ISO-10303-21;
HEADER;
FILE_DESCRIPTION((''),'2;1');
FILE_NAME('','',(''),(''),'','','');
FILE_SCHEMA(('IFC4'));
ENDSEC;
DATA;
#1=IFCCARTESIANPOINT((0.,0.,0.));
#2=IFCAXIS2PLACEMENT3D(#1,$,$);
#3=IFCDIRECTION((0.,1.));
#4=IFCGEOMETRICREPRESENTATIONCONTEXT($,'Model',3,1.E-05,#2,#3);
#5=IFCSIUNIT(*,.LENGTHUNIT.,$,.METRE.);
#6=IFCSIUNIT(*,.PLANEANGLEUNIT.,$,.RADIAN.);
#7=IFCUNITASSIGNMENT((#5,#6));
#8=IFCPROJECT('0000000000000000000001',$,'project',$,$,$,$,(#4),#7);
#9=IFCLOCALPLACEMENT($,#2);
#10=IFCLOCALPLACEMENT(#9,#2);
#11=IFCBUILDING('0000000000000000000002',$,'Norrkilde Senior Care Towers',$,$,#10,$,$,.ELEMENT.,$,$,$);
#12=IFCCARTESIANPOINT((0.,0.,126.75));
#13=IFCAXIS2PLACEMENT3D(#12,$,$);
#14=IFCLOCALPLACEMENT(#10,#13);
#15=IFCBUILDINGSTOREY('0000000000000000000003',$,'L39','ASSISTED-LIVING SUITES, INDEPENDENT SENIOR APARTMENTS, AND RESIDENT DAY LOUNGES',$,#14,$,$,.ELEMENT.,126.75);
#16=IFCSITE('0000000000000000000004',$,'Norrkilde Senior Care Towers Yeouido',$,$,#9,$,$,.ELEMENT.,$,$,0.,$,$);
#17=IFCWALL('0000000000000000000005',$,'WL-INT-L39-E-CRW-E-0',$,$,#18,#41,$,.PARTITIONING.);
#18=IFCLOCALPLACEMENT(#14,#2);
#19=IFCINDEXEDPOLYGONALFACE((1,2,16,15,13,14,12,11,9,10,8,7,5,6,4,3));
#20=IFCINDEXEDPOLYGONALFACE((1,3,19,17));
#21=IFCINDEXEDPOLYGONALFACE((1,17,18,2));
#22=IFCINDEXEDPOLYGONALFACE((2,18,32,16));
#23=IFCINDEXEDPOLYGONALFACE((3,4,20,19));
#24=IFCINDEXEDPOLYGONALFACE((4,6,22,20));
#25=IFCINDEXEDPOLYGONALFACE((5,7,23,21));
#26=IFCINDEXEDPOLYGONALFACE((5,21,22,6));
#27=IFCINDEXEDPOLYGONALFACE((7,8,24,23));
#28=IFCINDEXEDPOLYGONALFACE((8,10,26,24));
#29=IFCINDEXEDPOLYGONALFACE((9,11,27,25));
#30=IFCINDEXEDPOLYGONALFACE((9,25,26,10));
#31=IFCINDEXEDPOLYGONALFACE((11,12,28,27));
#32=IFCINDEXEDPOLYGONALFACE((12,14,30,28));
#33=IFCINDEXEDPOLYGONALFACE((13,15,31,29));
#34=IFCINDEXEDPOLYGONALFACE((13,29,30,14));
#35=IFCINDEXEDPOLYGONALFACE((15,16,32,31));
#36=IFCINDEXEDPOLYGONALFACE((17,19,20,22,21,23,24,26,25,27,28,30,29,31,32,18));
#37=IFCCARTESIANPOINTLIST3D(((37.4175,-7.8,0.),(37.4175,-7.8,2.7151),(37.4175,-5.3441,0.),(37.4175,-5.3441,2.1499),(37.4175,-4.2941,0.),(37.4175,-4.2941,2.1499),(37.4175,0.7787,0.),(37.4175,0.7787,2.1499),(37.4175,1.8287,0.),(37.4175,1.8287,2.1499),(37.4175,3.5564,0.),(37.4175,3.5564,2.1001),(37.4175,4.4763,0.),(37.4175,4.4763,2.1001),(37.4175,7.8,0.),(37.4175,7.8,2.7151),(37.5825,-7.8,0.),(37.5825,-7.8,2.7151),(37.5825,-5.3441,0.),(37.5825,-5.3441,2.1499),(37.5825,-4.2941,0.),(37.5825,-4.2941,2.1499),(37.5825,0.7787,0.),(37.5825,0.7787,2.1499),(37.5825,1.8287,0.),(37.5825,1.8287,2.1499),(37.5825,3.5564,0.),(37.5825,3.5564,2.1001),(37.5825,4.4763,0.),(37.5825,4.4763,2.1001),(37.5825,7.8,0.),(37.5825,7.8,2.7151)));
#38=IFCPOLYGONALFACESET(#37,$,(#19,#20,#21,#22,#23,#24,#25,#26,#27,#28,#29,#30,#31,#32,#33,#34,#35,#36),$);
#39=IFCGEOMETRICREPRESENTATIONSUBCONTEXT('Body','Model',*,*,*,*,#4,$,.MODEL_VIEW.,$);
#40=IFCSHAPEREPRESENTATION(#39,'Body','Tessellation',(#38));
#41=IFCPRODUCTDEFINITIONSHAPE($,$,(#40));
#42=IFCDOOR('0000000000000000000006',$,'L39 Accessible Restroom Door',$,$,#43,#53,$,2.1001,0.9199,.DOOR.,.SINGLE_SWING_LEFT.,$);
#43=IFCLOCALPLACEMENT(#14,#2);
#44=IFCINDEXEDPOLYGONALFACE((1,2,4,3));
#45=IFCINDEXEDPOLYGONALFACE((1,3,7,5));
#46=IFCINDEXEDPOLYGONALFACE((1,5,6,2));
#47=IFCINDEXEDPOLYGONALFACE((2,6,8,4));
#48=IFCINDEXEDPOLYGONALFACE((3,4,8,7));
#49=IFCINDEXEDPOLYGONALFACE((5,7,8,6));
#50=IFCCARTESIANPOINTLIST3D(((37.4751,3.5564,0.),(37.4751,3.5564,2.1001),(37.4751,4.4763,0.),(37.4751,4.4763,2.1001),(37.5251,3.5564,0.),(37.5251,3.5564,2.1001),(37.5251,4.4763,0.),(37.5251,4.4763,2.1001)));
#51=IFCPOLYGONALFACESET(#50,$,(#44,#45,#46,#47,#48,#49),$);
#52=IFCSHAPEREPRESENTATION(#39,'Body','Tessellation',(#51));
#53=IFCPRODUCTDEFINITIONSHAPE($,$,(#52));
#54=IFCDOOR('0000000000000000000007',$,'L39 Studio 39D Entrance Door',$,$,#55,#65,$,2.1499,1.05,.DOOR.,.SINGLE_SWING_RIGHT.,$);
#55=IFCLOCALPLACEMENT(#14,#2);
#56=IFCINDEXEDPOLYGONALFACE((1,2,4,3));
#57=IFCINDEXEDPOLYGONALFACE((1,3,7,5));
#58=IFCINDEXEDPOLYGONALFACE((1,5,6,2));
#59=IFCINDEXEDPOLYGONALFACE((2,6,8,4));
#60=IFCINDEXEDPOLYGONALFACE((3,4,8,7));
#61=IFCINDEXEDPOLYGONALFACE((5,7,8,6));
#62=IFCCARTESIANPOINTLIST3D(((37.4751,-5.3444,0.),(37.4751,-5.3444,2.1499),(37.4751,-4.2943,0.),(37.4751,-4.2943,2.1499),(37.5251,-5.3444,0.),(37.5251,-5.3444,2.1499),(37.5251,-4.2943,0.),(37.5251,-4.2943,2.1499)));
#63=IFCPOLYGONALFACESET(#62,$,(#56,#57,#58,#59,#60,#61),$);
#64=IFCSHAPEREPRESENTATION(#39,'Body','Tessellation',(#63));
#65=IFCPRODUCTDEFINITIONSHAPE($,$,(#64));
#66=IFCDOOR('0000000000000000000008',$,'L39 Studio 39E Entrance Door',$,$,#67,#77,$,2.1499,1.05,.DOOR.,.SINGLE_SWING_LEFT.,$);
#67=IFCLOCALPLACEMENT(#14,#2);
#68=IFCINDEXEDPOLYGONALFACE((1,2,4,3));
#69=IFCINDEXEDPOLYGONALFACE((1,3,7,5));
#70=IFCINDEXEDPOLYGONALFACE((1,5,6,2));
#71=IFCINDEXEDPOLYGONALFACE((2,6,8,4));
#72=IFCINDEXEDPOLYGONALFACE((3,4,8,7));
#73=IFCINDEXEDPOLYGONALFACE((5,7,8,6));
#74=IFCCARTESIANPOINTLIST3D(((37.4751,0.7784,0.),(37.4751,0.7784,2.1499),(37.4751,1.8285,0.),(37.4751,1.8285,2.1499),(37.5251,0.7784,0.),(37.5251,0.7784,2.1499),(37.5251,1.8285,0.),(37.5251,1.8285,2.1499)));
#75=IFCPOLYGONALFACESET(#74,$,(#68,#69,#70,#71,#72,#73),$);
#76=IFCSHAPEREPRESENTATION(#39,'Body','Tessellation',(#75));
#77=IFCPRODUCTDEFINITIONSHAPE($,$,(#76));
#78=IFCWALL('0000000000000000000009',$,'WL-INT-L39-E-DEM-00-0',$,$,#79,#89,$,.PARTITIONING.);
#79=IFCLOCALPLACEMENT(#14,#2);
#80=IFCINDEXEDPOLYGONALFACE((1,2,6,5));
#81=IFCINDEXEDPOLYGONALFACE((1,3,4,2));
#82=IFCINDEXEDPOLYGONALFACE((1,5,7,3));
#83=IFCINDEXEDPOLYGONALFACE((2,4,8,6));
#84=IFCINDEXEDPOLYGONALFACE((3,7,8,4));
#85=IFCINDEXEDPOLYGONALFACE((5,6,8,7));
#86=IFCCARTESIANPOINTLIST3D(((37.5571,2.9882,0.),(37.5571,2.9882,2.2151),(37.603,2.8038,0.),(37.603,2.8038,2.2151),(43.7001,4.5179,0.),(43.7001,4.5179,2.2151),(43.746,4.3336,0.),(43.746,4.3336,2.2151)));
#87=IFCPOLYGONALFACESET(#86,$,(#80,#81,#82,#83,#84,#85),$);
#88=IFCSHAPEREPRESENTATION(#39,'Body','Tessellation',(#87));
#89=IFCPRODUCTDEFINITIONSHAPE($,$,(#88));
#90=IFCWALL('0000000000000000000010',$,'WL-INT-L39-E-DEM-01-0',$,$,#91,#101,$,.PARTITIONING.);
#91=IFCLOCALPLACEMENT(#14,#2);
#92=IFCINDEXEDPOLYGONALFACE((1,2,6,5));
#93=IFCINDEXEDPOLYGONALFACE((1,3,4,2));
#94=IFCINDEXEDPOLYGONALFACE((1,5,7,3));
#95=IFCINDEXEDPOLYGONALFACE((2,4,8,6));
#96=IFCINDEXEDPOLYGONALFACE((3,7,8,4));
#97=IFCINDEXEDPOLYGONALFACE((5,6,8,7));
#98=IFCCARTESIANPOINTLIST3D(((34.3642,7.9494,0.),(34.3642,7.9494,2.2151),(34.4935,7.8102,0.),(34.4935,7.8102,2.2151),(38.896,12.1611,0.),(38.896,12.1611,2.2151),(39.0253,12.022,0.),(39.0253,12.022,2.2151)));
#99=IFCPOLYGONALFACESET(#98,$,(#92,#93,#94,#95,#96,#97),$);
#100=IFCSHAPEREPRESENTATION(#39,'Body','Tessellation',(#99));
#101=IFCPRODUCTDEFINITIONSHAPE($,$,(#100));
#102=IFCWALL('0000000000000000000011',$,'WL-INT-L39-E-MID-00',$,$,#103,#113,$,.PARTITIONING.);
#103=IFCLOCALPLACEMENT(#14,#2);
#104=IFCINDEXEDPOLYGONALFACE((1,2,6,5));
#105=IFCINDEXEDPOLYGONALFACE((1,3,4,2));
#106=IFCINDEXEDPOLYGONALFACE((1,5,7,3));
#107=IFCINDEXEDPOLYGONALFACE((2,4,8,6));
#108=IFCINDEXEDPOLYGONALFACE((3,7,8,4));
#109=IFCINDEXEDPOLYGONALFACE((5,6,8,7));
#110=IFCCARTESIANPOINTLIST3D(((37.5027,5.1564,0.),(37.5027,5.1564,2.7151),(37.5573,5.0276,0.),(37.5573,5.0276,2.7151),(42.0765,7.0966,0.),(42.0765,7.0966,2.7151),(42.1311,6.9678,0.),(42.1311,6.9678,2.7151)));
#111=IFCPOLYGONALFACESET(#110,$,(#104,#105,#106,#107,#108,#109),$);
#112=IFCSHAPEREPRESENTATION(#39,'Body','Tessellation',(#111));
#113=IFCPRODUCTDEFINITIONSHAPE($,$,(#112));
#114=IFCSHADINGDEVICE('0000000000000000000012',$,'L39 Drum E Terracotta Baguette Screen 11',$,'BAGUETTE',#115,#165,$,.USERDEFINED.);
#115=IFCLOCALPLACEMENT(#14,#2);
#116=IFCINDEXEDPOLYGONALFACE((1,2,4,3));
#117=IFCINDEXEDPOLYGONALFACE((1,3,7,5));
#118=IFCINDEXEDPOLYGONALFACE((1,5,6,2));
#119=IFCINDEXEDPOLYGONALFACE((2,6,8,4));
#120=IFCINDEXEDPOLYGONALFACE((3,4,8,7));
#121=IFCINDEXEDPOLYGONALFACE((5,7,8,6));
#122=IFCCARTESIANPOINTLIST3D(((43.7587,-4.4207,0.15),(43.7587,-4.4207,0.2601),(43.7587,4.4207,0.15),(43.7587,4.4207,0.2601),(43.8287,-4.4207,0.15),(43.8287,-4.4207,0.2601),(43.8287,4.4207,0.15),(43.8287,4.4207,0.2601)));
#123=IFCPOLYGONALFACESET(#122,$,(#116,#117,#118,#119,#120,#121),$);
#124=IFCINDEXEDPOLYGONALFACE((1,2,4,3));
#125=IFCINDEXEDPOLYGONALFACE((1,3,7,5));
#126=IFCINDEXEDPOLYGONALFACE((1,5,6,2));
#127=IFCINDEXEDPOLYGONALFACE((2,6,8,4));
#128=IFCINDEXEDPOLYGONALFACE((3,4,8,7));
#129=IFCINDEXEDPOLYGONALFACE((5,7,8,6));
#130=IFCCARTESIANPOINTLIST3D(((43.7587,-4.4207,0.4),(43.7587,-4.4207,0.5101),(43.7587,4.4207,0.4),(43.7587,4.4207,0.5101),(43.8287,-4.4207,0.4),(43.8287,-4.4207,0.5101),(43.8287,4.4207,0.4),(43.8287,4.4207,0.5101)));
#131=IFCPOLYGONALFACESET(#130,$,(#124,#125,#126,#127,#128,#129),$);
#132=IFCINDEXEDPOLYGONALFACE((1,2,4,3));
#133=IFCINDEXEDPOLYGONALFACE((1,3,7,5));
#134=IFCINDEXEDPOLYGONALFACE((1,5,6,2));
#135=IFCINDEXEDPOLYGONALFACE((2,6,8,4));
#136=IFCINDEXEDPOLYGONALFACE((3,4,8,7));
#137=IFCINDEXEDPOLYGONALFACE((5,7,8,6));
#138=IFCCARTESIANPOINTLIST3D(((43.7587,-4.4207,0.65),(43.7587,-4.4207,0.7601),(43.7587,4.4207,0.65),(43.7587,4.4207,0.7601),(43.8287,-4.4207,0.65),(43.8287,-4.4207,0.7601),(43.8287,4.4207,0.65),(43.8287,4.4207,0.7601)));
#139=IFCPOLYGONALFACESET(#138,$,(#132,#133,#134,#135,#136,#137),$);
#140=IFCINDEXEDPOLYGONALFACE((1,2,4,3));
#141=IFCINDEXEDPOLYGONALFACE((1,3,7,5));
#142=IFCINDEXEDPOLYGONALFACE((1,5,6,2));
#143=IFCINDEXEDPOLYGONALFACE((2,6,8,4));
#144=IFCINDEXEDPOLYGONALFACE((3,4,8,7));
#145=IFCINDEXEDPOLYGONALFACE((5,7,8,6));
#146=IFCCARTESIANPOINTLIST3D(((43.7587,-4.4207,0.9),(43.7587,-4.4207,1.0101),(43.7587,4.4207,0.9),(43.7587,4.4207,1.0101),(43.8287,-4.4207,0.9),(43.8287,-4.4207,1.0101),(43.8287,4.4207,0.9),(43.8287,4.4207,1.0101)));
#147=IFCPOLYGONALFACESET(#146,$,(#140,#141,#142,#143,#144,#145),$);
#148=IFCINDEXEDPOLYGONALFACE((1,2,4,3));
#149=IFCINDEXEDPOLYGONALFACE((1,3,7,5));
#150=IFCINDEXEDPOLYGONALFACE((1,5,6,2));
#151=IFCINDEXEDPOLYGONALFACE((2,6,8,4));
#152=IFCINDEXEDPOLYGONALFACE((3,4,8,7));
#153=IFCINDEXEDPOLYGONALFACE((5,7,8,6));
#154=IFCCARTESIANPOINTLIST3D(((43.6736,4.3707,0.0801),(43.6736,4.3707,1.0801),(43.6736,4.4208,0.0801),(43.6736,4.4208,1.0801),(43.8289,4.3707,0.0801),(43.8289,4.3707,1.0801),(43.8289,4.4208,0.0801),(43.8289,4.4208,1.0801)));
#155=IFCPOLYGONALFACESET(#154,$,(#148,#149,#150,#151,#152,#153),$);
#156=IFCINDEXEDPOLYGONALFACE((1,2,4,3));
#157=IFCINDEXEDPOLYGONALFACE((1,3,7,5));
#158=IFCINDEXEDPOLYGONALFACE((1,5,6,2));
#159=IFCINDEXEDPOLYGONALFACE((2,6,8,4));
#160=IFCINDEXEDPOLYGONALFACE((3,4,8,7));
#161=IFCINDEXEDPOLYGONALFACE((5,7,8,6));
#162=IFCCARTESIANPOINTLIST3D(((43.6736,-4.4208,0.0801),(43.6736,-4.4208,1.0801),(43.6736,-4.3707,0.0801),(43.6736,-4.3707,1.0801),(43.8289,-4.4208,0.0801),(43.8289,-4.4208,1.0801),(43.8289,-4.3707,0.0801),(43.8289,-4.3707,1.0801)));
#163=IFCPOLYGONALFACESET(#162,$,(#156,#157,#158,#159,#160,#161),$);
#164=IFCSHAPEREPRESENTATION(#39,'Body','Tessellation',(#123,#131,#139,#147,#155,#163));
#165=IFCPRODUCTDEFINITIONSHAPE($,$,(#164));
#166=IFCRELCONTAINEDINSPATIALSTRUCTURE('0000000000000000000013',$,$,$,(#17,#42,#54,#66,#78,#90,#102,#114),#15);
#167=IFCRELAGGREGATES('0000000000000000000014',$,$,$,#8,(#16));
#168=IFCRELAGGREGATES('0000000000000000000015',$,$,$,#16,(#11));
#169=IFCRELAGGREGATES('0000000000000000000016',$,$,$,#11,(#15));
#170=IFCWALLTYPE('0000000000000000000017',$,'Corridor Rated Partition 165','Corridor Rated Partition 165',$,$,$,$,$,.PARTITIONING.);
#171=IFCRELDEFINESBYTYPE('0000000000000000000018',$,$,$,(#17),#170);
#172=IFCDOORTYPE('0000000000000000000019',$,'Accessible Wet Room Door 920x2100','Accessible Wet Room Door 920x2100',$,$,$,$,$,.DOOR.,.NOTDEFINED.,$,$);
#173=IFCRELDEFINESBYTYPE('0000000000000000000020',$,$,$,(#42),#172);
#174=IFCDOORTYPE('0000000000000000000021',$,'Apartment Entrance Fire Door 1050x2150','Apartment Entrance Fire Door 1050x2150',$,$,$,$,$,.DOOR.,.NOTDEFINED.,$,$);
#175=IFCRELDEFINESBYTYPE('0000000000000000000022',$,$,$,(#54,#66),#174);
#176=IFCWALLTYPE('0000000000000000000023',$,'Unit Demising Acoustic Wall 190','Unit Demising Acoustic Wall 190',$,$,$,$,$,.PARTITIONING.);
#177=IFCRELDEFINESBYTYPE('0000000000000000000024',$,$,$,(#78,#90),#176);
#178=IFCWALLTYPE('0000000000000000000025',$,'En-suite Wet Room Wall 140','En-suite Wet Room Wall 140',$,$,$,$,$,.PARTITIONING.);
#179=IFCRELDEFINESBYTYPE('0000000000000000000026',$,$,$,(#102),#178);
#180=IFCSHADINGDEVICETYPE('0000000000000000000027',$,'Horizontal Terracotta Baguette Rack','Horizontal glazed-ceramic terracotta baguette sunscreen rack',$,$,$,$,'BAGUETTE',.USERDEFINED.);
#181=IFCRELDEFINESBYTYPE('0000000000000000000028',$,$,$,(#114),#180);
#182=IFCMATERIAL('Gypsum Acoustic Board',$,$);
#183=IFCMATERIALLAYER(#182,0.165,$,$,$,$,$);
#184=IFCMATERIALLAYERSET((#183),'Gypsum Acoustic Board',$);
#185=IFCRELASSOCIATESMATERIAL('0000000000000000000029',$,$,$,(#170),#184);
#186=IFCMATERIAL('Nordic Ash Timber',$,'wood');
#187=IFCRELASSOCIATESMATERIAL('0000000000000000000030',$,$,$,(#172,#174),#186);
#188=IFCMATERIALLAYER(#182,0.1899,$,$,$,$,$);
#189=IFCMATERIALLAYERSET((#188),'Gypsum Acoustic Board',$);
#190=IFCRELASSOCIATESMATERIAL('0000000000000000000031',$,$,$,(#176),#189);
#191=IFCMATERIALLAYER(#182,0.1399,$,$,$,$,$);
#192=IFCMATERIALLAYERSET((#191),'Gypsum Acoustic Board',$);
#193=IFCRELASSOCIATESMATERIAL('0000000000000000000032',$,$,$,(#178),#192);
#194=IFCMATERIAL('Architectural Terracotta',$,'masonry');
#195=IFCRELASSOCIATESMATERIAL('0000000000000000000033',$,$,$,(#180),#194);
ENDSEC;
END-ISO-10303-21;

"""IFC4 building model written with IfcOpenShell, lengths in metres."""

from ifc_helpers import new_model, si_unit, direction, frame, frame_2d, origin, origin_2d, place, context, subcontext, project, spatial, rectangle, extrude, source, transform, mapped, material, layer, layer_set, type_object, type_shapes, element, fill, save


model = new_model("IFC4")

# Units and contexts
model_context = context("Model", 3, precision=1e-05, world=origin(), true_north=direction((0.0, 1.0)))
body_context = subcontext(model_context, "Body", "Model", "MODEL_VIEW")
ifc_project = project(units=[si_unit("LENGTHUNIT", "METRE"), si_unit("PLANEANGLEUNIT", "RADIAN")], contexts=[model_context])

# Site, building, storey
site_placement = place(None, origin())
site = spatial("IfcSite", under=ifc_project, at=site_placement, Name="Norrkilde Senior Care Towers Yeouido", CompositionType="ELEMENT", RefElevation=0.0)
building_placement = place(site_placement, origin())
building = spatial("IfcBuilding", under=site, at=building_placement, Name="Norrkilde Senior Care Towers", CompositionType="ELEMENT")
storey_placement = place(building_placement, frame((0.0, 0.0, 126.75)))
storey = spatial("IfcBuildingStorey", under=building, at=storey_placement, Name="L39", Description="ASSISTED-LIVING SUITES, INDEPENDENT SENIOR APARTMENTS, AND RESIDENT DAY LOUNGES", CompositionType="ELEMENT", Elevation=126.75)

# Wall, openings, doors
ifc_material_1 = material(Name="Gypsum Acoustic Board")
ifc_layer_1 = layer(ifc_material_1, 0.165)
ifc_layer_set_1 = layer_set([ifc_layer_1], Name="Gypsum Acoustic Board")
wall_type_1 = type_object("IfcWallType", Name="Corridor Rated Partition 165", Description="Corridor Rated Partition 165", PredefinedType="PARTITIONING", material=ifc_layer_set_1)
shared_shape_1 = source(origin(), body_context, "Body", "SweptSolid", [
    extrude(rectangle(XDim=15.6001, YDim=0.165, at=frame_2d((7.8, 0.0))), origin(), (0.0, 0.0, 1.0), 2.7151),
])
type_shapes(wall_type_1, [shared_shape_1])
wall_1_placement = place(storey_placement, frame((37.5, 7.8, 0.0), z_axis=(0.0, 0.0, 1.0), x_axis=(0.0, -1.0, 0.0)))
wall_1 = element("IfcWall", 1, at=wall_1_placement, inside=storey, type_object=wall_type_1, Name="WL-INT-L39-E-CRW-E-0", PredefinedType="PARTITIONING", context=body_context, shape_type="MappedRepresentation", body=[
    mapped(shared_shape_1, transform((0.0, 0.0, 0.0), x_axis=(1.0, 0.0, 0.0), y_axis=(0.0, 1.0, 0.0), z_axis=(0.0, 0.0, 1.0), scale=1.0)),
])
opening_1_placement = place(wall_1_placement, frame((12.0942, 0.0, 0.0)))
opening_1 = element("IfcOpeningElement", 2, at=opening_1_placement, cuts=wall_1, PredefinedType="OPENING", context=body_context, shape_type="SweptSolid", body=[
    extrude(rectangle(XDim=1.05, YDim=2.1499, at=frame_2d((0.5249, 1.075))), frame((0.0, 0.0925, 0.0), z_axis=(0.0, -1.0, 0.0), x_axis=(1.0, 0.0, 0.0)), (0.0, 0.0, 1.0), 0.1851),
])
opening_2_placement = place(wall_1_placement, frame((5.9714, 0.0, 0.0)))
opening_2 = element("IfcOpeningElement", 3, at=opening_2_placement, cuts=wall_1, PredefinedType="OPENING", context=body_context, shape_type="SweptSolid", body=[
    extrude(rectangle(XDim=1.05, YDim=2.1499, at=frame_2d((0.5249, 1.075))), frame((0.0, 0.0925, 0.0), z_axis=(0.0, -1.0, 0.0), x_axis=(1.0, 0.0, 0.0)), (0.0, 0.0, 1.0), 0.1851),
])
opening_3_placement = place(wall_1_placement, frame((3.3237, 0.0, 0.0)))
opening_3 = element("IfcOpeningElement", 4, at=opening_3_placement, cuts=wall_1, PredefinedType="OPENING", context=body_context, shape_type="SweptSolid", body=[
    extrude(rectangle(XDim=0.9199, YDim=2.1001, at=frame_2d((0.46, 1.05))), frame((0.0, 0.0925, 0.0), z_axis=(0.0, -1.0, 0.0), x_axis=(1.0, 0.0, 0.0)), (0.0, 0.0, 1.0), 0.1851),
])
ifc_material_2 = material(Name="Nordic Ash Timber", Category="wood")
door_type_1 = type_object("IfcDoorType", Name="Accessible Wet Room Door 920x2100", Description="Accessible Wet Room Door 920x2100", OperationType="NOTDEFINED", PredefinedType="DOOR", material=ifc_material_2)
shared_shape_2 = source(origin(), body_context, "Body", "SweptSolid", [
    extrude(rectangle(XDim=0.9199, YDim=2.1001, at=frame_2d((0.46, 1.05))), frame((0.0, 0.0249, 0.0), z_axis=(0.0, -1.0, 0.0), x_axis=(1.0, 0.0, 0.0)), (0.0, 0.0, 1.0), 0.05),
])
type_shapes(door_type_1, [shared_shape_2])
door_1_placement = place(opening_3_placement, frame((0.9199, 0.0, 0.0), z_axis=(0.0, 0.0, 1.0), x_axis=(-1.0, 0.0, 0.0)))
door_1 = element("IfcDoor", 5, at=door_1_placement, inside=storey, type_object=door_type_1, Name="L39 Accessible Restroom Door", OperationType="SINGLE_SWING_LEFT", OverallHeight=2.1001, OverallWidth=0.9199, PredefinedType="DOOR", context=body_context, shape_type="MappedRepresentation", body=[
    mapped(shared_shape_2, transform((0.0, 0.0, 0.0), x_axis=(1.0, 0.0, 0.0), y_axis=(0.0, 1.0, 0.0), z_axis=(0.0, 0.0, 1.0), scale=1.0)),
])
fill(opening_3, door_1)
door_type_2 = type_object("IfcDoorType", Name="Apartment Entrance Fire Door 1050x2150", Description="Apartment Entrance Fire Door 1050x2150", OperationType="NOTDEFINED", PredefinedType="DOOR", material=ifc_material_2)
shared_shape_3 = source(origin(), body_context, "Body", "SweptSolid", [
    extrude(rectangle(XDim=1.05, YDim=2.1499, at=frame_2d((0.5249, 1.075))), frame((0.0, 0.0249, 0.0), z_axis=(0.0, -1.0, 0.0), x_axis=(1.0, 0.0, 0.0)), (0.0, 0.0, 1.0), 0.05),
])
type_shapes(door_type_2, [shared_shape_3])
door_2_placement = place(opening_1_placement, frame((1.05, 0.0, 0.0), z_axis=(0.0, 0.0, 1.0), x_axis=(-1.0, 0.0, 0.0)))
door_2 = element("IfcDoor", 6, at=door_2_placement, inside=storey, type_object=door_type_2, Name="L39 Studio 39D Entrance Door", OperationType="SINGLE_SWING_RIGHT", OverallHeight=2.1499, OverallWidth=1.05, PredefinedType="DOOR", context=body_context, shape_type="MappedRepresentation", body=[
    mapped(shared_shape_3, transform((0.0, 0.0, 0.0), x_axis=(1.0, 0.0, 0.0), y_axis=(0.0, 1.0, 0.0), z_axis=(0.0, 0.0, 1.0), scale=1.0)),
])
fill(opening_1, door_2)
door_3_placement = place(opening_2_placement, frame((1.05, 0.0, 0.0), z_axis=(0.0, 0.0, 1.0), x_axis=(-1.0, 0.0, 0.0)))
door_3 = element("IfcDoor", 7, at=door_3_placement, inside=storey, type_object=door_type_2, Name="L39 Studio 39E Entrance Door", OperationType="SINGLE_SWING_LEFT", OverallHeight=2.1499, OverallWidth=1.05, PredefinedType="DOOR", context=body_context, shape_type="MappedRepresentation", body=[
    mapped(shared_shape_3, transform((0.0, 0.0, 0.0), x_axis=(1.0, 0.0, 0.0), y_axis=(0.0, 1.0, 0.0), z_axis=(0.0, 0.0, 1.0), scale=1.0)),
])
fill(opening_2, door_3)

# Walls
ifc_layer_2 = layer(ifc_material_1, 0.1899)
ifc_layer_set_2 = layer_set([ifc_layer_2], Name="Gypsum Acoustic Board")
wall_type_2 = type_object("IfcWallType", Name="Unit Demising Acoustic Wall 190", Description="Unit Demising Acoustic Wall 190", PredefinedType="PARTITIONING", material=ifc_layer_set_2)
shared_shape_4 = source(origin(), body_context, "Body", "SweptSolid", [
    extrude(rectangle(XDim=6.3306, YDim=0.1899, at=frame_2d((3.1653, 0.0))), origin(), (0.0, 0.0, 1.0), 2.2151),
])
wall_2_placement = place(storey_placement, frame((37.5801, 2.896, 0.0), z_axis=(0.0, 0.0, 1.0), x_axis=(0.970364, 0.241646, 0.0)))
element("IfcWall", 8, at=wall_2_placement, inside=storey, type_object=wall_type_2, Name="WL-INT-L39-E-DEM-00-0", PredefinedType="PARTITIONING", context=body_context, shape_type="MappedRepresentation", body=[
    mapped(shared_shape_4, transform((0.0, 0.0, 0.0), x_axis=(1.0, 0.0, 0.0), y_axis=(0.0, 1.0, 0.0), z_axis=(0.0, 0.0, 1.0), scale=1.0)),
])
shared_shape_5 = source(origin(), body_context, "Body", "SweptSolid", [
    extrude(rectangle(XDim=6.1868, YDim=0.1899, at=frame_2d((3.0933, 0.0))), origin(), (0.0, 0.0, 1.0), 2.2151),
])
type_shapes(wall_type_2, [shared_shape_4, shared_shape_5])
wall_3_placement = place(storey_placement, frame((34.429, 7.8799, 0.0), z_axis=(0.0, 0.0, 1.0), x_axis=(0.732501, 0.680766, 0.0)))
element("IfcWall", 9, at=wall_3_placement, inside=storey, type_object=wall_type_2, Name="WL-INT-L39-E-DEM-01-0", PredefinedType="PARTITIONING", context=body_context, shape_type="MappedRepresentation", body=[
    mapped(shared_shape_5, transform((0.0, 0.0, 0.0), x_axis=(1.0, 0.0, 0.0), y_axis=(0.0, 1.0, 0.0), z_axis=(0.0, 0.0, 1.0), scale=1.0)),
])
ifc_layer_3 = layer(ifc_material_1, 0.1399)
ifc_layer_set_3 = layer_set([ifc_layer_3], Name="Gypsum Acoustic Board")
wall_type_3 = type_object("IfcWallType", Name="En-suite Wet Room Wall 140", Description="En-suite Wet Room Wall 140", PredefinedType="PARTITIONING", material=ifc_layer_set_3)
shared_shape_6 = source(origin(), body_context, "Body", "SweptSolid", [
    extrude(rectangle(XDim=4.9683, YDim=0.1399, at=frame_2d((2.4841, 0.0))), origin(), (0.0, 0.0, 1.0), 2.7151),
])
type_shapes(wall_type_3, [shared_shape_6])
wall_4_placement = place(storey_placement, frame((37.53, 5.092, 0.0), z_axis=(0.0, 0.0, 1.0), x_axis=(0.920595, 0.390518, 0.0)))
element("IfcWall", 10, at=wall_4_placement, inside=storey, type_object=wall_type_3, Name="WL-INT-L39-E-MID-00", PredefinedType="PARTITIONING", context=body_context, shape_type="MappedRepresentation", body=[
    mapped(shared_shape_6, transform((0.0, 0.0, 0.0), x_axis=(1.0, 0.0, 0.0), y_axis=(0.0, 1.0, 0.0), z_axis=(0.0, 0.0, 1.0), scale=1.0)),
])

# Shading device
ifc_material_3 = material(Name="Architectural Terracotta", Category="masonry")
shading_device_type = type_object("IfcShadingDeviceType", Name="Horizontal Terracotta Baguette Rack", Description="Horizontal glazed-ceramic terracotta baguette sunscreen rack", ElementType="BAGUETTE", PredefinedType="USERDEFINED", material=ifc_material_3)
shared_shape_7 = source(origin(), body_context, "Body", "SweptSolid", [
    extrude(rectangle(XDim=0.0701, YDim=0.1101, at=origin_2d()), frame((0.0, 0.0901, 0.125), z_axis=(1.0, 0.0, 0.0), x_axis=(0.0, 1.0, 0.0)), (0.0, 0.0, 1.0), 8.8413),
    extrude(rectangle(XDim=0.0701, YDim=0.1101, at=origin_2d()), frame((0.0, 0.0901, 0.375), z_axis=(1.0, 0.0, 0.0), x_axis=(0.0, 1.0, 0.0)), (0.0, 0.0, 1.0), 8.8413),
    extrude(rectangle(XDim=0.0701, YDim=0.1101, at=origin_2d()), frame((0.0, 0.0901, 0.625), z_axis=(1.0, 0.0, 0.0), x_axis=(0.0, 1.0, 0.0)), (0.0, 0.0, 1.0), 8.8413),
    extrude(rectangle(XDim=0.0701, YDim=0.1101, at=origin_2d()), frame((0.0, 0.0901, 0.875), z_axis=(1.0, 0.0, 0.0), x_axis=(0.0, 1.0, 0.0)), (0.0, 0.0, 1.0), 8.8413),
    extrude(rectangle(XDim=0.05, YDim=0.1553, at=origin_2d()), frame((0.0249, 0.0476, 0.0)), (0.0, 0.0, 1.0), 1.0),
    extrude(rectangle(XDim=0.05, YDim=0.1553, at=origin_2d()), frame((8.8164, 0.0476, 0.0)), (0.0, 0.0, 1.0), 1.0),
])
type_shapes(shading_device_type, [shared_shape_7])
shading_device_placement = place(storey_placement, frame((43.7036, 4.4207, 0.0801), z_axis=(0.0, 0.0, 1.0), x_axis=(0.0, -1.0, 0.0)))
element("IfcShadingDevice", 11, at=shading_device_placement, inside=storey, type_object=shading_device_type, Name="L39 Drum E Terracotta Baguette Screen 11", ObjectType="BAGUETTE", PredefinedType="USERDEFINED", context=body_context, shape_type="MappedRepresentation", body=[
    mapped(shared_shape_7, transform((0.0, 0.0, 0.0), x_axis=(1.0, 0.0, 0.0), y_axis=(0.0, 1.0, 0.0), z_axis=(0.0, 0.0, 1.0), scale=1.0)),
])

save(model, "model.ifc")
